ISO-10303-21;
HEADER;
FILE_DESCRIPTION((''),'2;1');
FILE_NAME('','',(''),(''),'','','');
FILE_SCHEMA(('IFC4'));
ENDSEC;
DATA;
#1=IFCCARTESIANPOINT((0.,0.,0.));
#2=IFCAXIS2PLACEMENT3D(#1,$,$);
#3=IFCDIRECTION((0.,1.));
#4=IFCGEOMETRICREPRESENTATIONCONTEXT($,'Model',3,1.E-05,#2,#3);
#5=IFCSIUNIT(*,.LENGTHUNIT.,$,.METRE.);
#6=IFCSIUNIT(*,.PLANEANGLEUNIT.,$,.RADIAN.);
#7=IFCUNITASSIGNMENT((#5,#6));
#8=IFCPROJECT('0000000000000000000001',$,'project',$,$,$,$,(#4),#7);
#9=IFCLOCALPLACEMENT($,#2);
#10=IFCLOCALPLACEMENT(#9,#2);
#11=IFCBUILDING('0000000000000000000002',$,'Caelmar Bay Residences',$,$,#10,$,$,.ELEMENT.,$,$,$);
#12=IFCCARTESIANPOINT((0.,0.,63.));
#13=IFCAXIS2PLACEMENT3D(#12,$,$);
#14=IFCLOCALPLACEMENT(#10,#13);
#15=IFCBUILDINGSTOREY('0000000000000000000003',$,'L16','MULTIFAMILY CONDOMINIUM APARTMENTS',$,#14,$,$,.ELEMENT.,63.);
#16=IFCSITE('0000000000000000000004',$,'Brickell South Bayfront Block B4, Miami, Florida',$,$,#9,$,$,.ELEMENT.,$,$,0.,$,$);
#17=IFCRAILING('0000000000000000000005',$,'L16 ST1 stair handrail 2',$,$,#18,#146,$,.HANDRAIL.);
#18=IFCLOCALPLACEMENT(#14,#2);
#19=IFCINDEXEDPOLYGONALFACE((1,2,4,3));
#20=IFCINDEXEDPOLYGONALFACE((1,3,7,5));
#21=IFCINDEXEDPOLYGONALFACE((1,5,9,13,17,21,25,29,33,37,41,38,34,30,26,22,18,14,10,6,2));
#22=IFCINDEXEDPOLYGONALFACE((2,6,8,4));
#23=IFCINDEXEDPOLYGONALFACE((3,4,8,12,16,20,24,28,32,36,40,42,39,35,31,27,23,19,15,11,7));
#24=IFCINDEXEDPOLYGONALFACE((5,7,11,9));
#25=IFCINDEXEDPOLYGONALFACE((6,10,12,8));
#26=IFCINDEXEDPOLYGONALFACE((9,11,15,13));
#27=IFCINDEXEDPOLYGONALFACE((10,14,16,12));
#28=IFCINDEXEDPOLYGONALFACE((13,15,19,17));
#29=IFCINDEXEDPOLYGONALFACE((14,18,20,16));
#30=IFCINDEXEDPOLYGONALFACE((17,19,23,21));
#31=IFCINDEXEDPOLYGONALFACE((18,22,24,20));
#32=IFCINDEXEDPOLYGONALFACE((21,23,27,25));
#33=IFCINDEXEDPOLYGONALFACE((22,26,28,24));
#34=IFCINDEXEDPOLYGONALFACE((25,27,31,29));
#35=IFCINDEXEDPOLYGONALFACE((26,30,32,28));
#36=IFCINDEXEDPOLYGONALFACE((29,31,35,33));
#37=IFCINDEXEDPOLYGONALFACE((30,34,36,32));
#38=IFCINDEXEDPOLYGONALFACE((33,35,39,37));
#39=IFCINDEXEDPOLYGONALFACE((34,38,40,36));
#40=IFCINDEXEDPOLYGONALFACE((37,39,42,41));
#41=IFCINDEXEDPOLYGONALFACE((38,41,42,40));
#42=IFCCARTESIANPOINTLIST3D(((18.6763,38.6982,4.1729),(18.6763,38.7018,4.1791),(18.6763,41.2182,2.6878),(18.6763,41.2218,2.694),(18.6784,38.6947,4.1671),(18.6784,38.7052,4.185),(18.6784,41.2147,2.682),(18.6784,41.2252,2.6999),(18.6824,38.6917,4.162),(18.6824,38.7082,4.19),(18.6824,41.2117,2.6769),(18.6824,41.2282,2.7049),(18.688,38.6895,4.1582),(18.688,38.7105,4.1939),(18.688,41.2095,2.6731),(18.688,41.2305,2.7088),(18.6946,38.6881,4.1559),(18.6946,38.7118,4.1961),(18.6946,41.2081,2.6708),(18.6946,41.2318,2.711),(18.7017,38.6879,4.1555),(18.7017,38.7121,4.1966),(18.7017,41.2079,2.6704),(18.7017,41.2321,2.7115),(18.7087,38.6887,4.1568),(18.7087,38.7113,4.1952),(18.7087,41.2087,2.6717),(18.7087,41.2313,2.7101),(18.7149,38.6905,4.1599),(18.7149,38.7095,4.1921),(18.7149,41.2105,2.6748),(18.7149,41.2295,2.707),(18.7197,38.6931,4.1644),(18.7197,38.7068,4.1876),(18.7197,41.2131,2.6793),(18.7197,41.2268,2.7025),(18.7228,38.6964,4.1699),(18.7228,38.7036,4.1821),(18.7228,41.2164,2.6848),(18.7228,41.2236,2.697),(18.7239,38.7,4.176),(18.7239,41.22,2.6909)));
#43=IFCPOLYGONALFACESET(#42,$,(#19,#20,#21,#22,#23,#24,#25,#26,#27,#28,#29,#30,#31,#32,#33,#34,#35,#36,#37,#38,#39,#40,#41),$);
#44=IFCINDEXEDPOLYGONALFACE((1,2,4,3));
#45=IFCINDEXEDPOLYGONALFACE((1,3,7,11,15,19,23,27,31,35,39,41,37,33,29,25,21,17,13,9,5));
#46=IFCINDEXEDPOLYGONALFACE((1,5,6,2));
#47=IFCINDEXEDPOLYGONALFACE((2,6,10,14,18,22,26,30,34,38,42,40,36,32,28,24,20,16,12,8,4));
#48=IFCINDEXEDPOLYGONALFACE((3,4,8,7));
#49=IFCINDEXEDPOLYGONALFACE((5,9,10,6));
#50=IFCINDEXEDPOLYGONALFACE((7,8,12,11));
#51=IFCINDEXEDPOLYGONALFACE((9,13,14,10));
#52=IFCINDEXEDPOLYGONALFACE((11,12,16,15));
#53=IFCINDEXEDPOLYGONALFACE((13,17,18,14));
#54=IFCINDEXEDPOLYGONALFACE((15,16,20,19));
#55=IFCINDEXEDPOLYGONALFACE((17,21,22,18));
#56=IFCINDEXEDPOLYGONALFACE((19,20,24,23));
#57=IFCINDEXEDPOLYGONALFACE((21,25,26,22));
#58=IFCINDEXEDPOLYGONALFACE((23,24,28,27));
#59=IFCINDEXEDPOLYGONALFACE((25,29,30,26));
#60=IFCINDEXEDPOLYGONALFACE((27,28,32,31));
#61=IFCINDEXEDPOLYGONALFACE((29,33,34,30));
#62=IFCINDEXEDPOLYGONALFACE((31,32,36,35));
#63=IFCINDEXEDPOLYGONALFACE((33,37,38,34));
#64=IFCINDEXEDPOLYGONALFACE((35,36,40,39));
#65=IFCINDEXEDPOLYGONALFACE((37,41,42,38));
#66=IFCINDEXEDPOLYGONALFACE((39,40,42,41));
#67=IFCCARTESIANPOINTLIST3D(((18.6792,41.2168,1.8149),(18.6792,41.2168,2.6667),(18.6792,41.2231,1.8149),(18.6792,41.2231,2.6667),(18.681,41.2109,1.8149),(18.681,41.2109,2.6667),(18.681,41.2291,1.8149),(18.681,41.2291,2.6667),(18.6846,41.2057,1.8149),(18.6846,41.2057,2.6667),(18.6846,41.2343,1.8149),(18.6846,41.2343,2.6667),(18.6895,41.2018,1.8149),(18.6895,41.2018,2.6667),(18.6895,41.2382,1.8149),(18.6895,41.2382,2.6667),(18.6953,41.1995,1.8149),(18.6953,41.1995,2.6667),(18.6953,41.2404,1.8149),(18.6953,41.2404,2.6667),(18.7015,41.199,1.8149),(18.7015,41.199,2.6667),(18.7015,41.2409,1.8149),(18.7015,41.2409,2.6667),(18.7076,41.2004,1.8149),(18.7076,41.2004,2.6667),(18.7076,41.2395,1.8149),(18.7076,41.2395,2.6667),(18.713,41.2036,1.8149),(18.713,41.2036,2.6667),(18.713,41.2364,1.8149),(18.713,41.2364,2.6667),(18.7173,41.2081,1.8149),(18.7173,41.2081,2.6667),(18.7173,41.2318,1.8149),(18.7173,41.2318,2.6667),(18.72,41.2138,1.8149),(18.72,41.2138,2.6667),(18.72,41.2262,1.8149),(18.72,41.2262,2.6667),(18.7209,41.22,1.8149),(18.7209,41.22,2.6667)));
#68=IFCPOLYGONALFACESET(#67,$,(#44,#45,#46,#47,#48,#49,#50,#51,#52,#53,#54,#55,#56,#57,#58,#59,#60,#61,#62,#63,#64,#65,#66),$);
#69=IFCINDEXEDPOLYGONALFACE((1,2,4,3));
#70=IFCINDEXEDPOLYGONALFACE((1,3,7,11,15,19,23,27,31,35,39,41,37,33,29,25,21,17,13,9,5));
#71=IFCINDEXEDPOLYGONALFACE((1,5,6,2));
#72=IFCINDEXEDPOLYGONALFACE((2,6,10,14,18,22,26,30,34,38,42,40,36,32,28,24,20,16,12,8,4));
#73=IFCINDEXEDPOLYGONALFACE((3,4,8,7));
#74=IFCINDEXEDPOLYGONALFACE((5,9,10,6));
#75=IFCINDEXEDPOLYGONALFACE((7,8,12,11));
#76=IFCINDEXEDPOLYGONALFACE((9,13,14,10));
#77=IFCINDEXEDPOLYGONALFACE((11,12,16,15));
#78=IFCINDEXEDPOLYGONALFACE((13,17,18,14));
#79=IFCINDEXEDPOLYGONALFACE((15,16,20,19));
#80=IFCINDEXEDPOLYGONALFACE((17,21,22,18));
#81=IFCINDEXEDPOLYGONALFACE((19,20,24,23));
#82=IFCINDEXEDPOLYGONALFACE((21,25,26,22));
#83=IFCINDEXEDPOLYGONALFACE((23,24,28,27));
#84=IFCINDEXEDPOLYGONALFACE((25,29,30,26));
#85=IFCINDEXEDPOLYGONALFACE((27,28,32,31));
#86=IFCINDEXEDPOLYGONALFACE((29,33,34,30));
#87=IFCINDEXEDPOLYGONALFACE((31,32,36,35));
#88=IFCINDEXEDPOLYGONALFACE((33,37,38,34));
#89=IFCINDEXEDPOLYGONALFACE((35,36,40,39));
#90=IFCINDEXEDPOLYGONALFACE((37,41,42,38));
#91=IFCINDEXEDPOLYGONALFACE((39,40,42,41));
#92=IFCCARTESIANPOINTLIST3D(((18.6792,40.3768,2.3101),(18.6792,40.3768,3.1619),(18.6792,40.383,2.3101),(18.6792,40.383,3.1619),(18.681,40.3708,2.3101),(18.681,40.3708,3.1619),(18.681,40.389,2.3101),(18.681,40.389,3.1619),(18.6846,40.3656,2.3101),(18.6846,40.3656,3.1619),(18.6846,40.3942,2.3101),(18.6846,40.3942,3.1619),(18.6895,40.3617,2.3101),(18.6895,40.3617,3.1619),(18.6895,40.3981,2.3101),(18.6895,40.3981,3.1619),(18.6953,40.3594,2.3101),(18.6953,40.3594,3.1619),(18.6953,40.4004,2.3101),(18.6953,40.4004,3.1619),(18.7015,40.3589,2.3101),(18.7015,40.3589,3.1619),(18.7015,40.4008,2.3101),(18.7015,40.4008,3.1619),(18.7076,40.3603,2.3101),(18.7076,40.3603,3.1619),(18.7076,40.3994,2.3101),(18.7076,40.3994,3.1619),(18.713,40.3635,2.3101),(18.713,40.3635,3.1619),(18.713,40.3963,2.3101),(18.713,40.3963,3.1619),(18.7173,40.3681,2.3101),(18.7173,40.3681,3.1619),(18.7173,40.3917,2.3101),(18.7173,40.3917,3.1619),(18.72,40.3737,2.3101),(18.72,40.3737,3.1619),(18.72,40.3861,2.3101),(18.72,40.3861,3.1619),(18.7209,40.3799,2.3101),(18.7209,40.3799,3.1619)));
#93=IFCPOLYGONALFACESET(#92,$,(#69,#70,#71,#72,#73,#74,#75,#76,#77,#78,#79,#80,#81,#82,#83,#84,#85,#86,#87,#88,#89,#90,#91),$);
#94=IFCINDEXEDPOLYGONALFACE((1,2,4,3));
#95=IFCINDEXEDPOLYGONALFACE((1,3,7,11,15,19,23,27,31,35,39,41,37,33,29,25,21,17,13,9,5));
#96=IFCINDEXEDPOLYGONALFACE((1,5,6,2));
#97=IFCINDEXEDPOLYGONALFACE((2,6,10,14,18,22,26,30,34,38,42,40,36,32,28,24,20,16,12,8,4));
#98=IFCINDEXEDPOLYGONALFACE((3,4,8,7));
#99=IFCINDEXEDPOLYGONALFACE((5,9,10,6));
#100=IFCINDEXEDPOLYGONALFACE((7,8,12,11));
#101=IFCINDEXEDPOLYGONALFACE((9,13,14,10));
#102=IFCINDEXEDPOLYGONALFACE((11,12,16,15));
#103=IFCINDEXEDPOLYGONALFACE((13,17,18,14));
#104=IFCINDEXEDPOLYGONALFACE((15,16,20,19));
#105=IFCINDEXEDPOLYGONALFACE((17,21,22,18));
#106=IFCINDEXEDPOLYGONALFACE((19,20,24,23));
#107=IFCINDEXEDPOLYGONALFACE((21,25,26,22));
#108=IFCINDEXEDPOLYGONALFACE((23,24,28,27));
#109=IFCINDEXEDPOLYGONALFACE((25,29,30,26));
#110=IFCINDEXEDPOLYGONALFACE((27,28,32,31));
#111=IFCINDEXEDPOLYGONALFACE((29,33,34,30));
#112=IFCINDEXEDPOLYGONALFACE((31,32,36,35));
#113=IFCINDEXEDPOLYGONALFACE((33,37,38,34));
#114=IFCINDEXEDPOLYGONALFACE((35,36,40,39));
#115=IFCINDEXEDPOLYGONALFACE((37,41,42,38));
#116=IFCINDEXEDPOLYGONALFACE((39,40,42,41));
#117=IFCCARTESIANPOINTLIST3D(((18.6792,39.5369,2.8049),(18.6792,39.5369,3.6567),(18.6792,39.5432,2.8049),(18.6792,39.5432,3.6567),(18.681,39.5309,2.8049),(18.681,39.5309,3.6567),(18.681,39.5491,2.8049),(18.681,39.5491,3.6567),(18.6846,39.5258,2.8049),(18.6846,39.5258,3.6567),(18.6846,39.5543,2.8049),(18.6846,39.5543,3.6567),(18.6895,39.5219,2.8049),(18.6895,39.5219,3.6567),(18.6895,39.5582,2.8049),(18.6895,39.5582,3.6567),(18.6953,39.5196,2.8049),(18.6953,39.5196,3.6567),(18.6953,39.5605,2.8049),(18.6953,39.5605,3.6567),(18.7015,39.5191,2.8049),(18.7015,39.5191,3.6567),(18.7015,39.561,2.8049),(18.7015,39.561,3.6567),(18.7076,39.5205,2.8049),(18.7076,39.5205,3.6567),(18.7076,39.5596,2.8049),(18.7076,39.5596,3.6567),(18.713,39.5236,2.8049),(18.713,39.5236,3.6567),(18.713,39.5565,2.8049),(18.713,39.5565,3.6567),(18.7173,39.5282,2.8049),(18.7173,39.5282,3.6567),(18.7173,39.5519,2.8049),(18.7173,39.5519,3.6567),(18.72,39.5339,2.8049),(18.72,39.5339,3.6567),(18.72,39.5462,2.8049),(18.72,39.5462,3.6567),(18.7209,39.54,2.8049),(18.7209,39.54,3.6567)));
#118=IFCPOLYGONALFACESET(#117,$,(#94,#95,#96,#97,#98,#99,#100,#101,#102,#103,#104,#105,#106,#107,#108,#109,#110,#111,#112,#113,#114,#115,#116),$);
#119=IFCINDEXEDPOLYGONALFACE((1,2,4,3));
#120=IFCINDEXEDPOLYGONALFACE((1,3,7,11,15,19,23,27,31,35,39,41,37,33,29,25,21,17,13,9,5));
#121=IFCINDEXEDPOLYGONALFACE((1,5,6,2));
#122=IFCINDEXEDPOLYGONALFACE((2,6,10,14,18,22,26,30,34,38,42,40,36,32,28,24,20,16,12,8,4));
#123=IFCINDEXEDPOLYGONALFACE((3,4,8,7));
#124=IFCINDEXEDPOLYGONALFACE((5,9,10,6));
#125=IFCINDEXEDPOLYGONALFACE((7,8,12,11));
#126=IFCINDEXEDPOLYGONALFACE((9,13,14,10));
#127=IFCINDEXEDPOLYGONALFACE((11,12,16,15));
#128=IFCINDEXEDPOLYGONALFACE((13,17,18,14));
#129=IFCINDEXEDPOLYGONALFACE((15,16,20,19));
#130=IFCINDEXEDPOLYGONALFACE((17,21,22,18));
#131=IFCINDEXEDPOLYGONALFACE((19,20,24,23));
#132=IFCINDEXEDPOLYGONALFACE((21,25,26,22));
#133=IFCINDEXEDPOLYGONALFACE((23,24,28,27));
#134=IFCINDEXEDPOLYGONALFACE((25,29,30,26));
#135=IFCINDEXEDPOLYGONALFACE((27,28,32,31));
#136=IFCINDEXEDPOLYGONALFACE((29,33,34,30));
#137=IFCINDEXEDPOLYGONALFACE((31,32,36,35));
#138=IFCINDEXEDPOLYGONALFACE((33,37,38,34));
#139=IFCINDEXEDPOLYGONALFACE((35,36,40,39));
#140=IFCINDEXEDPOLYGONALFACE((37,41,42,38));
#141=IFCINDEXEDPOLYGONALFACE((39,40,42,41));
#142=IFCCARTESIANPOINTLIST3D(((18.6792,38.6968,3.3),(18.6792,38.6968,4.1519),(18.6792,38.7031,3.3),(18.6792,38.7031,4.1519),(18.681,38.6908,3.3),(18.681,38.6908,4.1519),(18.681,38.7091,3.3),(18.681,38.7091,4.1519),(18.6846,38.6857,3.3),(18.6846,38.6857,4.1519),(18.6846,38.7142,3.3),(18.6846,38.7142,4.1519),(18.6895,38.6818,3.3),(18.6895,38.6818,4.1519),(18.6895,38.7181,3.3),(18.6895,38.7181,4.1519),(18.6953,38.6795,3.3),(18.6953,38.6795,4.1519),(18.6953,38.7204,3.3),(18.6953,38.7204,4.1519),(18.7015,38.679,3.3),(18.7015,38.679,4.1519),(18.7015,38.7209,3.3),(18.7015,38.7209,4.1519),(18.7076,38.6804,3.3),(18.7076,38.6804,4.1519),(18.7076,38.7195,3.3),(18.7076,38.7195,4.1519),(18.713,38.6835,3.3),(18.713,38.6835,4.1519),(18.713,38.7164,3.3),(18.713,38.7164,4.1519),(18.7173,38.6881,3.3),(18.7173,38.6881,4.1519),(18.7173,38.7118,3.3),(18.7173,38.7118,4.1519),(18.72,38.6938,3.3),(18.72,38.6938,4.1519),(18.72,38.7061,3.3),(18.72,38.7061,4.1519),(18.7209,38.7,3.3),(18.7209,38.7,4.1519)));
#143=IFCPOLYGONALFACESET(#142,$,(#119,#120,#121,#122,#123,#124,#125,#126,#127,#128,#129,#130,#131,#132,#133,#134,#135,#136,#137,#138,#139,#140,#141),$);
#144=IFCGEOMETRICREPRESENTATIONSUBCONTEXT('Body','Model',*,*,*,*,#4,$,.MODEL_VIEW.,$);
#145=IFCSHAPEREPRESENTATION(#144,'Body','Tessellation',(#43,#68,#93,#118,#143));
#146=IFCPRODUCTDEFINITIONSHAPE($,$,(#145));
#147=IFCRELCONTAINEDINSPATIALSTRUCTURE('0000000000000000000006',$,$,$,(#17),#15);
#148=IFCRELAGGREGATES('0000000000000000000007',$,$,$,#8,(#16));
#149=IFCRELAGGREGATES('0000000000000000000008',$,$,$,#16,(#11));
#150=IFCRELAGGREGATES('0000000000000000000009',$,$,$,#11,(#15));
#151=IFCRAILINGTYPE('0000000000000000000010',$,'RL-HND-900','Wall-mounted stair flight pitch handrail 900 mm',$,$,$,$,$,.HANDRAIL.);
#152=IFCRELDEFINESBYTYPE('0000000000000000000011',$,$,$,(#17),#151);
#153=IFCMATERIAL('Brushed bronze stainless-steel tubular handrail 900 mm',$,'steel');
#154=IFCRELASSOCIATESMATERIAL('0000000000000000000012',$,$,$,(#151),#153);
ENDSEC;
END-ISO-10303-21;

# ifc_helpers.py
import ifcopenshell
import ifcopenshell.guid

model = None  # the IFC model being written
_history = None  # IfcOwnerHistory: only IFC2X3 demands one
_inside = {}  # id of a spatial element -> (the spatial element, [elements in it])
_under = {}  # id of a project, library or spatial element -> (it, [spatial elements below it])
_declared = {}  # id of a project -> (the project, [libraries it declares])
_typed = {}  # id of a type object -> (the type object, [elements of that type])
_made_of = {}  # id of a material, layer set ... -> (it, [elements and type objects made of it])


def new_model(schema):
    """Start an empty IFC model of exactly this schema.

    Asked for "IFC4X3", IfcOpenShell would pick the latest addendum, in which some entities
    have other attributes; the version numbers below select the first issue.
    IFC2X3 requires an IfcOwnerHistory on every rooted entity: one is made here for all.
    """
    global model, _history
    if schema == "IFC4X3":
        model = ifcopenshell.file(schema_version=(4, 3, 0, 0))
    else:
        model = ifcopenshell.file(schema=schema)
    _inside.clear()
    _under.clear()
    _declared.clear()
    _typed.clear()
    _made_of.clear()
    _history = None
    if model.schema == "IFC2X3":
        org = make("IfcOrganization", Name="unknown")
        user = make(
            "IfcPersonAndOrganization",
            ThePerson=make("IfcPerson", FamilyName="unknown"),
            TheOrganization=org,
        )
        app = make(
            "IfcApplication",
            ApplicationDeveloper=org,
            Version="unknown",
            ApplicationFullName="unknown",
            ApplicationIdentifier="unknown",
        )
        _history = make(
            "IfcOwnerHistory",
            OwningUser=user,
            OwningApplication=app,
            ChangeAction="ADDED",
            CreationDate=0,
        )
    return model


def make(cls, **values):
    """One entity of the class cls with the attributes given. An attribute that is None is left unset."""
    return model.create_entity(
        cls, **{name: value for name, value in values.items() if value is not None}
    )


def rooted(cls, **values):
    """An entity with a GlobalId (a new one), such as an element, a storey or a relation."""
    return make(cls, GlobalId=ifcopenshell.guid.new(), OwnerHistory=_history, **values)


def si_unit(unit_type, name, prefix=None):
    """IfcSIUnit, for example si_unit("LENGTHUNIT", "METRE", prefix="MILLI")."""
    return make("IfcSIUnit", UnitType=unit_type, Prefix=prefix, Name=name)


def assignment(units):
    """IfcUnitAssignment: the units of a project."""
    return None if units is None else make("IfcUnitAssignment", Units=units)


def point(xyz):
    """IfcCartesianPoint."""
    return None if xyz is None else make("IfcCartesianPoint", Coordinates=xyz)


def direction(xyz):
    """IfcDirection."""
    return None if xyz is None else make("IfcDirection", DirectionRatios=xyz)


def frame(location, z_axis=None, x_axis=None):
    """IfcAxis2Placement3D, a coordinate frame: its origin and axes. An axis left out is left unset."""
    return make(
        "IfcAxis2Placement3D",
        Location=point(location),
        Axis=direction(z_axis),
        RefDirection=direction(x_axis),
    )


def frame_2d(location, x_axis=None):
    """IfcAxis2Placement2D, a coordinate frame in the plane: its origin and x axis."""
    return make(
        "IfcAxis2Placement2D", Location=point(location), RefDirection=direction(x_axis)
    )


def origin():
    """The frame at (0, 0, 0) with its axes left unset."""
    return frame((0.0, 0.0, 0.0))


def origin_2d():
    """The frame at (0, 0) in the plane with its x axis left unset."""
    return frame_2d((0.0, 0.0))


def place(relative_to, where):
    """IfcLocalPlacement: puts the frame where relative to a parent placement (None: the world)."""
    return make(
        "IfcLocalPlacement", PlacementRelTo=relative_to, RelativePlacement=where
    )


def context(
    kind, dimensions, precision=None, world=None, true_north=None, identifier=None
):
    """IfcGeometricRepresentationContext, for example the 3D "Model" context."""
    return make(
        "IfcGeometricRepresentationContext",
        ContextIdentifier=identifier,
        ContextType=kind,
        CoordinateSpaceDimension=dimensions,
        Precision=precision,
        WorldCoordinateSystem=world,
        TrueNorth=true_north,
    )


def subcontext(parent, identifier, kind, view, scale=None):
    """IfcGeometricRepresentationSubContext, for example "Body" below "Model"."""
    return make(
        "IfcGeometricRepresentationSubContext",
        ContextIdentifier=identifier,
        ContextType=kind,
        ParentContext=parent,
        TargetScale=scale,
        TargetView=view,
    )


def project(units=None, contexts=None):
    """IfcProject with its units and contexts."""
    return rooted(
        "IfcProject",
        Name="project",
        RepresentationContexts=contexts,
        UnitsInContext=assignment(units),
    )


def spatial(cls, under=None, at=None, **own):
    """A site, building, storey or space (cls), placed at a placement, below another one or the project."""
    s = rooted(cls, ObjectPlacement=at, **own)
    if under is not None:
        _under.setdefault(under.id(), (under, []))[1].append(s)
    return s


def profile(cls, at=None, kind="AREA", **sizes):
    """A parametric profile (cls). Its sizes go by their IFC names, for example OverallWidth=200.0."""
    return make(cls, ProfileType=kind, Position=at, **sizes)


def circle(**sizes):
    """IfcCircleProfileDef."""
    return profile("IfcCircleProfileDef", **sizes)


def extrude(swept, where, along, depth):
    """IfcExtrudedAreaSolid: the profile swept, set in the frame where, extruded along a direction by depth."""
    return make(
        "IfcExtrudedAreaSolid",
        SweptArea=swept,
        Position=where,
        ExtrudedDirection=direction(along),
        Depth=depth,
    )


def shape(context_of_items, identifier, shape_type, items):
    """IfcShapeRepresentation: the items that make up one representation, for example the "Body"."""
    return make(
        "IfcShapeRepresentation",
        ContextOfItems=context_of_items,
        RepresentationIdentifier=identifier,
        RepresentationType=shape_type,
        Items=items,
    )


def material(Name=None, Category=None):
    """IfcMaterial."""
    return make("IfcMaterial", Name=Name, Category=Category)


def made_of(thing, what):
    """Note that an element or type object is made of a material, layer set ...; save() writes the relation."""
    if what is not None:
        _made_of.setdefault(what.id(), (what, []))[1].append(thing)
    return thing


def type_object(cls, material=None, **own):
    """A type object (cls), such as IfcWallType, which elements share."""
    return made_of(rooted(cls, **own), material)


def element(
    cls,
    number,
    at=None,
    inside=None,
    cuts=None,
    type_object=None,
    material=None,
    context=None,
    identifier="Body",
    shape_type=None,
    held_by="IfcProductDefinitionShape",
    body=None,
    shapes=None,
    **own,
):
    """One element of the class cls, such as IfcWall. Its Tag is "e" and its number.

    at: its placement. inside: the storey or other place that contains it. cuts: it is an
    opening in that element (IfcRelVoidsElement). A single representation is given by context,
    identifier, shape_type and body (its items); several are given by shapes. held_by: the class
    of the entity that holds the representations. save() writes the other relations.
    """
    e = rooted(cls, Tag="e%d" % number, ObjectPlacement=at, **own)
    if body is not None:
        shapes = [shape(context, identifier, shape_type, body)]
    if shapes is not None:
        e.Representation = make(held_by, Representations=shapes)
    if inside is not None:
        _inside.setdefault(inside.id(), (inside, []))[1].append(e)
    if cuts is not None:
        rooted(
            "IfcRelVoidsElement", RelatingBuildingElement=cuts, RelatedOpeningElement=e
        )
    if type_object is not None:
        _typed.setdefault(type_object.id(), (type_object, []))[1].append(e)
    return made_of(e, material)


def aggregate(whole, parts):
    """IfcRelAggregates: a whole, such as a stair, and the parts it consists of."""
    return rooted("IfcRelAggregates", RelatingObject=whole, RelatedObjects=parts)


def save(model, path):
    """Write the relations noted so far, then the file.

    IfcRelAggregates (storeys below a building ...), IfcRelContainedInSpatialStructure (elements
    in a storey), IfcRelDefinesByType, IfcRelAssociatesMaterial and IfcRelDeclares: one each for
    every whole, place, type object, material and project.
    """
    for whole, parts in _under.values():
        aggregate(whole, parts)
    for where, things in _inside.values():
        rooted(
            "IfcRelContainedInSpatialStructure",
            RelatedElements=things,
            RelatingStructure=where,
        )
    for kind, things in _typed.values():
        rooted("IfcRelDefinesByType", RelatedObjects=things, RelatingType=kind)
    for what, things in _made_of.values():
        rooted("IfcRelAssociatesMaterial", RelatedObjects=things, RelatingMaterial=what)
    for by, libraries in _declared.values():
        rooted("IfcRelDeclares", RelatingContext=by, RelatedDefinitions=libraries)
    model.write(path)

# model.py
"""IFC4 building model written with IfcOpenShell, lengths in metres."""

from ifc_helpers import new_model, si_unit, direction, frame, origin, origin_2d, place, context, subcontext, project, spatial, circle, extrude, material, type_object, element, save


model = new_model("IFC4")

# Units and contexts
model_context = context("Model", 3, precision=1e-05, world=origin(), true_north=direction((0.0, 1.0)))
body_context = subcontext(model_context, "Body", "Model", "MODEL_VIEW")
ifc_project = project(units=[si_unit("LENGTHUNIT", "METRE"), si_unit("PLANEANGLEUNIT", "RADIAN")], contexts=[model_context])

# Site, building, storey
site_placement = place(None, origin())
site = spatial("IfcSite", under=ifc_project, at=site_placement, Name="Brickell South Bayfront Block B4, Miami, Florida", CompositionType="ELEMENT", RefElevation=0.0)
building_placement = place(site_placement, origin())
building = spatial("IfcBuilding", under=site, at=building_placement, Name="Caelmar Bay Residences", CompositionType="ELEMENT")
storey_placement = place(building_placement, frame((0.0, 0.0, 63.0)))
storey = spatial("IfcBuildingStorey", under=building, at=storey_placement, Name="L16", Description="MULTIFAMILY CONDOMINIUM APARTMENTS", CompositionType="ELEMENT", Elevation=63.0)

# Railing
ifc_material_1 = material(Name="Brushed bronze stainless-steel tubular handrail 900 mm", Category="steel")
railing_type_1 = type_object("IfcRailingType", Name="RL-HND-900", Description="Wall-mounted stair flight pitch handrail 900 mm", PredefinedType="HANDRAIL", material=ifc_material_1)
railing_1_placement = place(storey_placement, frame((18.7, 41.22, 1.8149)))
element("IfcRailing", 1, at=railing_1_placement, inside=storey, type_object=railing_type_1, Name="L16 ST1 stair handrail 2", PredefinedType="HANDRAIL", context=body_context, shape_type="SweptSolid", body=[
    extrude(circle(Radius=0.0239, at=origin_2d()), frame((0.0, 0.0, 0.876), z_axis=(0.0, -0.861524, 0.507717), x_axis=(1.0, 0.0, 0.0)), (0.0, 0.0, 1.0), 2.925),
    extrude(circle(Radius=0.021, at=origin_2d()), origin(), (0.0, 0.0, 1.0), 0.8518),
    extrude(circle(Radius=0.021, at=origin_2d()), frame((0.0, -0.8401, 0.4951)), (0.0, 0.0, 1.0), 0.8518),
    extrude(circle(Radius=0.021, at=origin_2d()), frame((0.0, -1.6799, 0.99)), (0.0, 0.0, 1.0), 0.8518),
    extrude(circle(Radius=0.021, at=origin_2d()), frame((0.0, -2.52, 1.4851)), (0.0, 0.0, 1.0), 0.8518),
])

save(model, "model.ifc")
